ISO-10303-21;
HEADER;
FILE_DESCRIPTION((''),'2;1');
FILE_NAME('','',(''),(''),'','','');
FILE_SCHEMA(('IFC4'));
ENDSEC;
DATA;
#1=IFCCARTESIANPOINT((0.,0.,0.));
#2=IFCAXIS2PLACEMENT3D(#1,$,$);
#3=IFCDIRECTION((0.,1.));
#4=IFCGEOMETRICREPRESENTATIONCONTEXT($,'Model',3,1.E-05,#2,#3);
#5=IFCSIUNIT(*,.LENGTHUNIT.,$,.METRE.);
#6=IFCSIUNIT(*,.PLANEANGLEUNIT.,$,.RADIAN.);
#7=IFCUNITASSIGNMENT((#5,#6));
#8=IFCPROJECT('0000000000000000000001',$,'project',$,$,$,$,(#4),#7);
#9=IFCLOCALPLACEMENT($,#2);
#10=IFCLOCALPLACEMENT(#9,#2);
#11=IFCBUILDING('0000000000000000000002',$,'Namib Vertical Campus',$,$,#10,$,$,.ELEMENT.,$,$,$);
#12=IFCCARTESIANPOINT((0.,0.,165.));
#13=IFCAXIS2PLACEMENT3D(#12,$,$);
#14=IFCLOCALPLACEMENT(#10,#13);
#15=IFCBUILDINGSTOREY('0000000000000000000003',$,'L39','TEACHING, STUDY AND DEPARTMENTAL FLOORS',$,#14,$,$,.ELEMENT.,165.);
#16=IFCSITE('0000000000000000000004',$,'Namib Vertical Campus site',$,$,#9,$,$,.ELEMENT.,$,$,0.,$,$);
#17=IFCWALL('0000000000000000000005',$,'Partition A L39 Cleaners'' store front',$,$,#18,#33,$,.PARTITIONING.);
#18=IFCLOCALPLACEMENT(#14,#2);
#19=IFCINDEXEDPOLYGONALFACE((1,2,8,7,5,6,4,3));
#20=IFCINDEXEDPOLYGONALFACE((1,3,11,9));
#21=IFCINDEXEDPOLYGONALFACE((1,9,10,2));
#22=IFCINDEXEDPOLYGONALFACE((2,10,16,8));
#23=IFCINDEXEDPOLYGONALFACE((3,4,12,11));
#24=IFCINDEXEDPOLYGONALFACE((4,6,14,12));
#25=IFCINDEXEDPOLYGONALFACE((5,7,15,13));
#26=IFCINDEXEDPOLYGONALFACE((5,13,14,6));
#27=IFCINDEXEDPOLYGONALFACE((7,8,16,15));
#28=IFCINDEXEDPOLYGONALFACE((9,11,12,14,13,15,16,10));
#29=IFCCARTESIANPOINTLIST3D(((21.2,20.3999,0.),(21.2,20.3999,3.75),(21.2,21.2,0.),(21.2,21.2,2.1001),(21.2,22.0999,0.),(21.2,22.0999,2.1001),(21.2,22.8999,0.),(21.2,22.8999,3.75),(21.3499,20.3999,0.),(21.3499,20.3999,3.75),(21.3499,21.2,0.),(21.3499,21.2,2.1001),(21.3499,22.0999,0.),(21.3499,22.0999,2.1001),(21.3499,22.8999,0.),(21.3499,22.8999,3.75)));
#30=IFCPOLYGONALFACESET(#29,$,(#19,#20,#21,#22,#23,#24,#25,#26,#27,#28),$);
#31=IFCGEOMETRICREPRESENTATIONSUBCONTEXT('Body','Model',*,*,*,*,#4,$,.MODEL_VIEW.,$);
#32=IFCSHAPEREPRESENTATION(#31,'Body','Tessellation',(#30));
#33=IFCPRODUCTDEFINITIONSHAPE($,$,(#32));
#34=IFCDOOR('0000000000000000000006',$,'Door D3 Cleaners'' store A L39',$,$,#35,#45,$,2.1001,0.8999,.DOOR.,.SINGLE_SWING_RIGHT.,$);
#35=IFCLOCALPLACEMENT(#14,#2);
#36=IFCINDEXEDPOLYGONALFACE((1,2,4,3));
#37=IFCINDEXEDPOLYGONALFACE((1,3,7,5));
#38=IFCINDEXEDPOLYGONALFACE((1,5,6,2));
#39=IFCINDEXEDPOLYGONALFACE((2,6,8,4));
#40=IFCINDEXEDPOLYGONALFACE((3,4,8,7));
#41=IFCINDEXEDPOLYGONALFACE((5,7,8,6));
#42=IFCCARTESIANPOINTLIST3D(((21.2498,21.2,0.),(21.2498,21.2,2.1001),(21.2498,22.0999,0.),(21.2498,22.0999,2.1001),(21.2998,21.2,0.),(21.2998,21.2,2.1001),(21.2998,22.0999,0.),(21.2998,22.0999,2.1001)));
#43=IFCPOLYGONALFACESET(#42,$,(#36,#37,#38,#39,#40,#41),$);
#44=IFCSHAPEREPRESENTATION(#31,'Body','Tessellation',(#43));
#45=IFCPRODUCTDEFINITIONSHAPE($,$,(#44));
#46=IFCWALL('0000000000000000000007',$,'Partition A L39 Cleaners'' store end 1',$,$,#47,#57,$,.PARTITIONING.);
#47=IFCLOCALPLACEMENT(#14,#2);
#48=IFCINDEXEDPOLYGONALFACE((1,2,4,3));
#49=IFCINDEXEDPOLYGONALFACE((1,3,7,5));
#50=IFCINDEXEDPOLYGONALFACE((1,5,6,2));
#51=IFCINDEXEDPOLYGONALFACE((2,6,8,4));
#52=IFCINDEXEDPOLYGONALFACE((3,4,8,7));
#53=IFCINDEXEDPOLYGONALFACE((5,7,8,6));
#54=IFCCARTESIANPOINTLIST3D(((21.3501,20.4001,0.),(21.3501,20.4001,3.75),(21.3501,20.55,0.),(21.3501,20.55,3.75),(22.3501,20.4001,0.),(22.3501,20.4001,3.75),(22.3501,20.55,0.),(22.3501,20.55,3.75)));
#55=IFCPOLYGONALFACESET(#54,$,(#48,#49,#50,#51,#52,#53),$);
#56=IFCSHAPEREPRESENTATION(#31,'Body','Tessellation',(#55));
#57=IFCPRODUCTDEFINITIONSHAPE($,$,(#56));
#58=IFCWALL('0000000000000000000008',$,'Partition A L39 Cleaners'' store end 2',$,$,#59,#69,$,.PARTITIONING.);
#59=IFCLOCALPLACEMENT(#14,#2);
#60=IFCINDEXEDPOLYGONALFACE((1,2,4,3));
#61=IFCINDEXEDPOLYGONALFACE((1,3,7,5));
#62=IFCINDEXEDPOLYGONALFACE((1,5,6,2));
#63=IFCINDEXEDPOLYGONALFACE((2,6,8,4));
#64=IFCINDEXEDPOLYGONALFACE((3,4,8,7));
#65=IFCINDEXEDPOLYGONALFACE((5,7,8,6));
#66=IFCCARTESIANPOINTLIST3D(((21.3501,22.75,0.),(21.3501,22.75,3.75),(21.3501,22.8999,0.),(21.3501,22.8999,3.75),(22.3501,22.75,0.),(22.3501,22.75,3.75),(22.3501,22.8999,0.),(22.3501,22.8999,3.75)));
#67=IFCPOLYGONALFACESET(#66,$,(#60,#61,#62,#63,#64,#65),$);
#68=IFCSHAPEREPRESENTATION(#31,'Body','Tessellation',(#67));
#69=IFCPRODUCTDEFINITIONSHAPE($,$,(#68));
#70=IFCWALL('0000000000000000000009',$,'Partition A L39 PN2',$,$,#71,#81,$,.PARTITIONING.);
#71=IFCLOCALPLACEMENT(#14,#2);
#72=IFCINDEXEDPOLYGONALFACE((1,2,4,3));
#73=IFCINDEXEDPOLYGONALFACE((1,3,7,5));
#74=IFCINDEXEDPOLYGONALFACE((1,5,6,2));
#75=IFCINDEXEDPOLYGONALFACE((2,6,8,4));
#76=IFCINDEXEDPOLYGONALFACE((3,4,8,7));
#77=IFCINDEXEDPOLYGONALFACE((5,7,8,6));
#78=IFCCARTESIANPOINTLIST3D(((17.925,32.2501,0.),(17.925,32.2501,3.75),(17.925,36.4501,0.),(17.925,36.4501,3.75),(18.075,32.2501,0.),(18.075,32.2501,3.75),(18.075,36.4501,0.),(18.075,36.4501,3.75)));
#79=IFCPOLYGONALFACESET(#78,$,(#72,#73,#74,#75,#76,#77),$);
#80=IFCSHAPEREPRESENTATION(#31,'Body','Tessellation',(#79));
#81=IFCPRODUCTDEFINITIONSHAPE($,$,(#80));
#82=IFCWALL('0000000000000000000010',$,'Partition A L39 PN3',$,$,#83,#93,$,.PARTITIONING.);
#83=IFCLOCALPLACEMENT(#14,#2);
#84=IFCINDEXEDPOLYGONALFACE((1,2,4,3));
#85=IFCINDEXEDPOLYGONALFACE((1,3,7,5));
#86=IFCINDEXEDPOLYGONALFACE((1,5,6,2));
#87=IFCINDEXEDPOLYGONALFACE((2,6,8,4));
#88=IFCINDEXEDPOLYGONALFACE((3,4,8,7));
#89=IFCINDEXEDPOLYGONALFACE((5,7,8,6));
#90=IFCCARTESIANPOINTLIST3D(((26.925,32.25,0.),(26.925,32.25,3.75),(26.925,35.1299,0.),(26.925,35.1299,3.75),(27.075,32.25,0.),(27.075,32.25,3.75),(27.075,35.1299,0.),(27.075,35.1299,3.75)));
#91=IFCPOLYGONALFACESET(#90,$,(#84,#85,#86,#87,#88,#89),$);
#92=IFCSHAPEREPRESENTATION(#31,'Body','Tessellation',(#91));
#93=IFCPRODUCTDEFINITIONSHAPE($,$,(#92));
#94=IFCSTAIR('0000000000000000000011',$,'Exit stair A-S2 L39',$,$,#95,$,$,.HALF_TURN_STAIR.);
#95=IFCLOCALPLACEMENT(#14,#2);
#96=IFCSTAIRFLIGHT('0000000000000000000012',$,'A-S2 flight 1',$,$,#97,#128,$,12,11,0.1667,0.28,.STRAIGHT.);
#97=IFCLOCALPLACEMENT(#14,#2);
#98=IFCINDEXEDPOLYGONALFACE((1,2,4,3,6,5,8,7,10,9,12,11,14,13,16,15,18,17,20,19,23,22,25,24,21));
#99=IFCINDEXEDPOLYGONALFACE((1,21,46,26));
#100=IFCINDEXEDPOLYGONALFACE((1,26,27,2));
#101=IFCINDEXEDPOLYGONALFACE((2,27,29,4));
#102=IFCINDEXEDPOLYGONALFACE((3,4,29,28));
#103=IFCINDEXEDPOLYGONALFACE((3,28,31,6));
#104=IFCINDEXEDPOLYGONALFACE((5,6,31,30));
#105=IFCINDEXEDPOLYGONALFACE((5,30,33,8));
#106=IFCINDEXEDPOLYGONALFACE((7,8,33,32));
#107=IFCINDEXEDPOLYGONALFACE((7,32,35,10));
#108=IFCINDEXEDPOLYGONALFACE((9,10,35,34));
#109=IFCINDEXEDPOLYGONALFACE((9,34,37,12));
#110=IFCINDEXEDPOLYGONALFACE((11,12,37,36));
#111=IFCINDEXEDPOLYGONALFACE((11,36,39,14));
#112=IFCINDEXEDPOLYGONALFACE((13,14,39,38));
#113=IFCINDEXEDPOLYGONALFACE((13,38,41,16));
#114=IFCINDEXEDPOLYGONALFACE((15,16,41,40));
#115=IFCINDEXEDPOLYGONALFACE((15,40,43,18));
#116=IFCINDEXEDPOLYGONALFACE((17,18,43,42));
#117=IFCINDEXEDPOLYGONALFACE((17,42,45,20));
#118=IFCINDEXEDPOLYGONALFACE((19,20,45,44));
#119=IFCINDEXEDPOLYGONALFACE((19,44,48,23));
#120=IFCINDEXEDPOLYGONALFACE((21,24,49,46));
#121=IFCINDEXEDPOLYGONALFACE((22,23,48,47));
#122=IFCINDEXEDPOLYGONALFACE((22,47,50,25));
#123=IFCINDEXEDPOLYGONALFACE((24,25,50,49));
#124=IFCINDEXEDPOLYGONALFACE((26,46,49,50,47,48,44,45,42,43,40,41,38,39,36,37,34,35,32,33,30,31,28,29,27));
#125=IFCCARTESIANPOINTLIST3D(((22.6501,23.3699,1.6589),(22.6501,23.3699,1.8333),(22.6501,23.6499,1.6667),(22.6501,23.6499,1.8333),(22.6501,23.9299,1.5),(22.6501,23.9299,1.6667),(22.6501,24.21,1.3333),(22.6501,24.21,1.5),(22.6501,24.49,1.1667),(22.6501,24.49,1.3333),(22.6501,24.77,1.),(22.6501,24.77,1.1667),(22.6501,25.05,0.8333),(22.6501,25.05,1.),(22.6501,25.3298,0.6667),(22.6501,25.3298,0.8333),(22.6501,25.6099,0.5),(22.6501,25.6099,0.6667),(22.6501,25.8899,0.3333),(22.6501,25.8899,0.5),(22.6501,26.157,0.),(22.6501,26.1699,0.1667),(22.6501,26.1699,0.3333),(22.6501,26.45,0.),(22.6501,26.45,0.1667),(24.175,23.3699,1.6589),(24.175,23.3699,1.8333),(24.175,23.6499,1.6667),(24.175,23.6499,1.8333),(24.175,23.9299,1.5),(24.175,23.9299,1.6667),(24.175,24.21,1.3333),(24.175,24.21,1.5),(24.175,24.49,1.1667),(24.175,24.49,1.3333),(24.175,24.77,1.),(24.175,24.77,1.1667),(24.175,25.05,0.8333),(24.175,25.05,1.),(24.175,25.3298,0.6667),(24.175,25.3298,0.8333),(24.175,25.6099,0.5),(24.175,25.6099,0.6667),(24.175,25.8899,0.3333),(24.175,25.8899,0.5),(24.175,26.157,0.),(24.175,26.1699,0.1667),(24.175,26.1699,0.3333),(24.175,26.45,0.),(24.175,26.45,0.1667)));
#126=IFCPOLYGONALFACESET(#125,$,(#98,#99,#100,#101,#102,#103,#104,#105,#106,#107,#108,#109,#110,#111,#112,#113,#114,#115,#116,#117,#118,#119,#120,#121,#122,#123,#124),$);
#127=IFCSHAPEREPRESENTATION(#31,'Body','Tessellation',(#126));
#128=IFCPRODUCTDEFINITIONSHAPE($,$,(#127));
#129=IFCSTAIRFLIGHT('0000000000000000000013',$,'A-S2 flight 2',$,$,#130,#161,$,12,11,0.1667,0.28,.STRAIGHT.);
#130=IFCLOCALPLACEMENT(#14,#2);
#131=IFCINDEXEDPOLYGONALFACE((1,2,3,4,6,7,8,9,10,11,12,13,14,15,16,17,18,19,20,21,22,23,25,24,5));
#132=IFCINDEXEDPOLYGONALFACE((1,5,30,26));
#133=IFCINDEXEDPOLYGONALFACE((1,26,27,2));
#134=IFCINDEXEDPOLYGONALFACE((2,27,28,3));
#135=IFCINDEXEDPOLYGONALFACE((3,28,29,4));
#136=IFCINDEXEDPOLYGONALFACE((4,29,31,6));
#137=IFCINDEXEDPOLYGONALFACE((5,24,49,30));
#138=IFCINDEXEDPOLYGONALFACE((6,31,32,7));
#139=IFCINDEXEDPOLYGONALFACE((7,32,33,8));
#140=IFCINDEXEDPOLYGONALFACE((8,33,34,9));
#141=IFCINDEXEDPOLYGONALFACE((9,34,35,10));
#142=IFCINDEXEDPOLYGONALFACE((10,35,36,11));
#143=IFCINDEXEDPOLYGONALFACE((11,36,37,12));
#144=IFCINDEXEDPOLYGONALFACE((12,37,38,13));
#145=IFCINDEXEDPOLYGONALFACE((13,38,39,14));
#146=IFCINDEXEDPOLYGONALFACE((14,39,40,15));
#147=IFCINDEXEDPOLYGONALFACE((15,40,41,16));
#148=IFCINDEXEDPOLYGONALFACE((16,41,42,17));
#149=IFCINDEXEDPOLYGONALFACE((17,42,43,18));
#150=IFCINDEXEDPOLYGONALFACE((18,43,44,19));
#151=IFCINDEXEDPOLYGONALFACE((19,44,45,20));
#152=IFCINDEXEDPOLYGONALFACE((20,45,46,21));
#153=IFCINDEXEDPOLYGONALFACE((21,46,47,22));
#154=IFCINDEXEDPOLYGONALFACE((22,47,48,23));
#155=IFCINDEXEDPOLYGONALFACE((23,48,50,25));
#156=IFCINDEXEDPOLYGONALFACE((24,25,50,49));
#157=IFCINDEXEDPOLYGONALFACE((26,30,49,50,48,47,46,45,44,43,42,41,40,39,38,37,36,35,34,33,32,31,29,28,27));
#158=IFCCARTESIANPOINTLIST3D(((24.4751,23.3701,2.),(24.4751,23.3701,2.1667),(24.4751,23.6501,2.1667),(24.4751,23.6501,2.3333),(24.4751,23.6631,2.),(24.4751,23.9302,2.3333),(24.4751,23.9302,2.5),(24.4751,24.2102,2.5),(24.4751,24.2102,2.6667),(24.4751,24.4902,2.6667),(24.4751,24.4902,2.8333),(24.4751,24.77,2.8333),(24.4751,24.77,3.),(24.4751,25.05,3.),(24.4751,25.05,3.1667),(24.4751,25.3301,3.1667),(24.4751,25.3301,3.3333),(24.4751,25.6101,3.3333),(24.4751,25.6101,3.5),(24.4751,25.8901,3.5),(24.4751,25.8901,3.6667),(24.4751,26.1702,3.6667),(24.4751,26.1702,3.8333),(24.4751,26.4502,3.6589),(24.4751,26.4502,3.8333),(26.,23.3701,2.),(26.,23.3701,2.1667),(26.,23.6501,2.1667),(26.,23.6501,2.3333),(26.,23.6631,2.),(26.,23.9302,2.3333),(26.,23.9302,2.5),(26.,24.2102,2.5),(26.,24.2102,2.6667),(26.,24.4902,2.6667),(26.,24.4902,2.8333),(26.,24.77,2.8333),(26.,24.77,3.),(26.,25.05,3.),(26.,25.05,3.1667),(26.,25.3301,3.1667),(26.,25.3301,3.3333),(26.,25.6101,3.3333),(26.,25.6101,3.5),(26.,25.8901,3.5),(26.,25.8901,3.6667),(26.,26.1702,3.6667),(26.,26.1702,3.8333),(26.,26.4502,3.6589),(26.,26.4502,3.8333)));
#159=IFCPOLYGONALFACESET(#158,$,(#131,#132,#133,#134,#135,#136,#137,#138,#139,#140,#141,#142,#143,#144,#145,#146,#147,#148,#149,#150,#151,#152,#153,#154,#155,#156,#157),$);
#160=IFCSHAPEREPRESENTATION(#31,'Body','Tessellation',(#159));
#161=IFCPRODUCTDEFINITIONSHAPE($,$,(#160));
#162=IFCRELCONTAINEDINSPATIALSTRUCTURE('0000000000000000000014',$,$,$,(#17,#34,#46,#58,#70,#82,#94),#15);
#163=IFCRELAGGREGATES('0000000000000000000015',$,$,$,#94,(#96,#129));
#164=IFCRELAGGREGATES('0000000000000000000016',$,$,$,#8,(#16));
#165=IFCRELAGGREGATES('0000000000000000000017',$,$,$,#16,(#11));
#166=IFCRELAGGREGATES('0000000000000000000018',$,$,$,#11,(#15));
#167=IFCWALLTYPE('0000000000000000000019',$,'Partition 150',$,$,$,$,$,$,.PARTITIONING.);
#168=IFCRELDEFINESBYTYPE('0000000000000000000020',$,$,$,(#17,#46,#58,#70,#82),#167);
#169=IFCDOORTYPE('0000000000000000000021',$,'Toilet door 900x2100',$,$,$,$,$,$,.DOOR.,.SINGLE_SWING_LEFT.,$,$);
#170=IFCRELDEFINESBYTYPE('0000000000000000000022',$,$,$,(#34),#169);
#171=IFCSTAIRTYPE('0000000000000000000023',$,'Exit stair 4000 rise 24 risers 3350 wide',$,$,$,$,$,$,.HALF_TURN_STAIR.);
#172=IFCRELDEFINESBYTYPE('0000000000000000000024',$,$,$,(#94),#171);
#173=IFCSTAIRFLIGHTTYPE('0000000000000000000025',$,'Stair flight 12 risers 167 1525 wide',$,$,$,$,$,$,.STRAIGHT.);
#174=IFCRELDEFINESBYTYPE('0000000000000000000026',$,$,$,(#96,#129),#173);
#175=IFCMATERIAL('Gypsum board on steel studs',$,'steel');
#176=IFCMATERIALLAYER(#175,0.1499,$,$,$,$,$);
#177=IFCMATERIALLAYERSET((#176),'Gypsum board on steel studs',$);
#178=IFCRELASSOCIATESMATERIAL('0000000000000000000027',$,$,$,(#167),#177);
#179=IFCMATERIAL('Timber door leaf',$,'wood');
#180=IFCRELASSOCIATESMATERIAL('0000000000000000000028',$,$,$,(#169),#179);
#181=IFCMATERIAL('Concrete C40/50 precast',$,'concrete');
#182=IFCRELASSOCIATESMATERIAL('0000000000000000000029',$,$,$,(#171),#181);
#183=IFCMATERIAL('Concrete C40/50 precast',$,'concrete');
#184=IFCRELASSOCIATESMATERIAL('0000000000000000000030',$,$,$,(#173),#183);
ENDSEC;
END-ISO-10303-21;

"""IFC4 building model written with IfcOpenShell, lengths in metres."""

from ifc_helpers import new_model, si_unit, direction, frame, frame_2d, origin, place, context, subcontext, project, spatial, polyline, rectangle, outline, extrude, material, layer, layer_set, type_object, element, fill, aggregate, save


model = new_model("IFC4")

# Units and contexts
model_context = context("Model", 3, precision=1e-05, world=origin(), true_north=direction((0.0, 1.0)))
body_context = subcontext(model_context, "Body", "Model", "MODEL_VIEW")
ifc_project = project(units=[si_unit("LENGTHUNIT", "METRE"), si_unit("PLANEANGLEUNIT", "RADIAN")], contexts=[model_context])

# Site, building, storey
site_placement = place(None, origin())
site = spatial("IfcSite", under=ifc_project, at=site_placement, Name="Namib Vertical Campus site", CompositionType="ELEMENT", RefElevation=0.0)
building_placement = place(site_placement, origin())
building = spatial("IfcBuilding", under=site, at=building_placement, Name="Namib Vertical Campus", CompositionType="ELEMENT")
storey_placement = place(building_placement, frame((0.0, 0.0, 165.0)))
storey = spatial("IfcBuildingStorey", under=building, at=storey_placement, Name="L39", Description="TEACHING, STUDY AND DEPARTMENTAL FLOORS", CompositionType="ELEMENT", Elevation=165.0)

# Wall, opening, door
ifc_material_1 = material(Name="Gypsum board on steel studs", Category="steel")
ifc_layer_1 = layer(ifc_material_1, 0.1499)
ifc_layer_set_1 = layer_set([ifc_layer_1], Name="Gypsum board on steel studs")
wall_type_1 = type_object("IfcWallType", Name="Partition 150", PredefinedType="PARTITIONING", material=ifc_layer_set_1)
wall_1_placement = place(storey_placement, frame((21.2749, 20.3999, 0.0), z_axis=(0.0, 0.0, 1.0), x_axis=(0.0, 1.0, 0.0)))
wall_1 = element("IfcWall", 1, at=wall_1_placement, inside=storey, type_object=wall_type_1, Name="Partition A L39 Cleaners' store front", PredefinedType="PARTITIONING", context=body_context, shape_type="SweptSolid", body=[
    extrude(rectangle(XDim=2.5, YDim=0.1499, at=frame_2d((1.25, 0.0))), origin(), (0.0, 0.0, 1.0), 3.75),
])
opening_1_placement = place(wall_1_placement, frame((0.8, 0.0, 0.0)))
opening_1 = element("IfcOpeningElement", 2, at=opening_1_placement, cuts=wall_1, PredefinedType="OPENING", context=body_context, shape_type="SweptSolid", body=[
    extrude(rectangle(XDim=0.8999, YDim=2.1001, at=frame_2d((0.45, 1.05))), frame((0.0, 0.085, 0.0), z_axis=(0.0, -1.0, 0.0), x_axis=(1.0, 0.0, 0.0)), (0.0, 0.0, 1.0), 0.1699),
])
ifc_material_2 = material(Name="Timber door leaf", Category="wood")
door_type_1 = type_object("IfcDoorType", Name="Toilet door 900x2100", OperationType="SINGLE_SWING_LEFT", PredefinedType="DOOR", material=ifc_material_2)
door_1_placement = place(opening_1_placement, frame((0.8999, 0.0, 0.0), z_axis=(0.0, 0.0, 1.0), x_axis=(-1.0, 0.0, 0.0)))
door_1 = element("IfcDoor", 3, at=door_1_placement, inside=storey, type_object=door_type_1, Name="Door D3 Cleaners' store A L39", OperationType="SINGLE_SWING_RIGHT", OverallHeight=2.1001, OverallWidth=0.8999, PredefinedType="DOOR", context=body_context, shape_type="SweptSolid", body=[
    extrude(rectangle(XDim=0.8999, YDim=2.1001, at=frame_2d((0.45, 1.05))), frame((0.0, 0.0249, 0.0), z_axis=(0.0, -1.0, 0.0), x_axis=(1.0, 0.0, 0.0)), (0.0, 0.0, 1.0), 0.05),
])
fill(opening_1, door_1)

# Walls
for number, where, z_axis, x_axis, name in (
    (4, (21.3501, 20.4751, 0.0), (0.0, 0.0, 1.0), (1.0, 0.0, 0.0), "Partition A L39 Cleaners' store end 1"),
    (5, (21.3501, 22.825, 0.0), (0.0, 0.0, 1.0), (1.0, 0.0, 0.0), "Partition A L39 Cleaners' store end 2"),
):
    element("IfcWall", number, at=place(storey_placement, frame(where, z_axis=z_axis, x_axis=x_axis)), inside=storey, type_object=wall_type_1, Name=name, PredefinedType="PARTITIONING", context=body_context, shape_type="SweptSolid", body=[
        extrude(rectangle(XDim=1.0, YDim=0.1499, at=frame_2d((0.5, 0.0))), origin(), (0.0, 0.0, 1.0), 3.75),
    ])
wall_2_placement = place(storey_placement, frame((18.0, 32.25, 0.0), z_axis=(0.0, 0.0, 1.0), x_axis=(0.0, 1.0, 0.0)))
element("IfcWall", 6, at=wall_2_placement, inside=storey, type_object=wall_type_1, Name="Partition A L39 PN2", PredefinedType="PARTITIONING", context=body_context, shape_type="SweptSolid", body=[
    extrude(rectangle(XDim=4.2, YDim=0.1499, at=frame_2d((2.1001, 0.0))), origin(), (0.0, 0.0, 1.0), 3.75),
])
wall_3_placement = place(storey_placement, frame((27.0, 32.25, 0.0), z_axis=(0.0, 0.0, 1.0), x_axis=(0.0, 1.0, 0.0)))
element("IfcWall", 7, at=wall_3_placement, inside=storey, type_object=wall_type_1, Name="Partition A L39 PN3", PredefinedType="PARTITIONING", context=body_context, shape_type="SweptSolid", body=[
    extrude(rectangle(XDim=2.8799, YDim=0.1499, at=frame_2d((1.4399, 0.0))), origin(), (0.0, 0.0, 1.0), 3.75),
])

# Stair, stair flights
ifc_material_3 = material(Name="Concrete C40/50 precast", Category="concrete")
stair_type = type_object("IfcStairType", Name="Exit stair 4000 rise 24 risers 3350 wide", PredefinedType="HALF_TURN_STAIR", material=ifc_material_3)
stair_placement = place(storey_placement, origin())
stair = element("IfcStair", 8, at=stair_placement, inside=storey, type_object=stair_type, Name="Exit stair A-S2 L39", PredefinedType="HALF_TURN_STAIR")
ifc_material_4 = material(Name="Concrete C40/50 precast", Category="concrete")
stair_flight_type = type_object("IfcStairFlightType", Name="Stair flight 12 risers 167 1525 wide", PredefinedType="STRAIGHT", material=ifc_material_4)
stair_flight_1_placement = place(storey_placement, frame((23.4126, 26.45, 0.0), z_axis=(0.0, 0.0, 1.0), x_axis=(0.0, -1.0, 0.0)))
stair_flight_1 = element("IfcStairFlight", 9, at=stair_flight_1_placement, type_object=stair_flight_type, Name="A-S2 flight 1", NumberOfRisers=12, NumberOfTreads=11, PredefinedType="STRAIGHT", RiserHeight=0.1667, TreadLength=0.28, context=body_context, shape_type="SweptSolid", body=[
    extrude(outline(polyline([(0.0, 0.0), (0.0, 0.1667), (0.28, 0.1667), (0.28, 0.3333), (0.5601, 0.3333), (0.5601, 0.5), (0.8401, 0.5), (0.8401, 0.6667), (1.1201, 0.6667), (1.1201, 0.8333), (1.3999, 0.8333), (1.3999, 1.0), (1.6799, 1.0), (1.6799, 1.1667), (1.96, 1.1667), (1.96, 1.3333), (2.24, 1.3333), (2.24, 1.5), (2.52, 1.5), (2.52, 1.6667), (2.8, 1.6667), (2.8, 1.8333), (3.0801, 1.8333), (3.0801, 2.0), (3.0801, 1.6589), (0.293, 0.0), (0.0, 0.0)])), frame((0.0, 0.7625, 0.0), z_axis=(0.0, -1.0, 0.0), x_axis=(1.0, 0.0, 0.0)), (0.0, 0.0, 1.0), 1.5249),
])
stair_flight_2_placement = place(storey_placement, frame((25.2375, 23.3701, 2.0), z_axis=(0.0, 0.0, 1.0), x_axis=(0.0, 1.0, 0.0)))
stair_flight_2 = element("IfcStairFlight", 10, at=stair_flight_2_placement, type_object=stair_flight_type, Name="A-S2 flight 2", NumberOfRisers=12, NumberOfTreads=11, PredefinedType="STRAIGHT", RiserHeight=0.1667, TreadLength=0.28, context=body_context, shape_type="SweptSolid", body=[
    extrude(outline(polyline([(0.0, 0.0), (0.0, 0.1667), (0.28, 0.1667), (0.28, 0.3333), (0.5601, 0.3333), (0.5601, 0.5), (0.8401, 0.5), (0.8401, 0.6667), (1.1201, 0.6667), (1.1201, 0.8333), (1.3999, 0.8333), (1.3999, 1.0), (1.6799, 1.0), (1.6799, 1.1667), (1.96, 1.1667), (1.96, 1.3333), (2.24, 1.3333), (2.24, 1.5), (2.52, 1.5), (2.52, 1.6667), (2.8, 1.6667), (2.8, 1.8333), (3.0801, 1.8333), (3.0801, 2.0), (3.0801, 1.6589), (0.293, 0.0), (0.0, 0.0)])), frame((0.0, 0.7625, 0.0), z_axis=(0.0, -1.0, 0.0), x_axis=(1.0, 0.0, 0.0)), (0.0, 0.0, 1.0), 1.5249),
])
aggregate(stair, [stair_flight_1, stair_flight_2])

save(model, "model.ifc")
